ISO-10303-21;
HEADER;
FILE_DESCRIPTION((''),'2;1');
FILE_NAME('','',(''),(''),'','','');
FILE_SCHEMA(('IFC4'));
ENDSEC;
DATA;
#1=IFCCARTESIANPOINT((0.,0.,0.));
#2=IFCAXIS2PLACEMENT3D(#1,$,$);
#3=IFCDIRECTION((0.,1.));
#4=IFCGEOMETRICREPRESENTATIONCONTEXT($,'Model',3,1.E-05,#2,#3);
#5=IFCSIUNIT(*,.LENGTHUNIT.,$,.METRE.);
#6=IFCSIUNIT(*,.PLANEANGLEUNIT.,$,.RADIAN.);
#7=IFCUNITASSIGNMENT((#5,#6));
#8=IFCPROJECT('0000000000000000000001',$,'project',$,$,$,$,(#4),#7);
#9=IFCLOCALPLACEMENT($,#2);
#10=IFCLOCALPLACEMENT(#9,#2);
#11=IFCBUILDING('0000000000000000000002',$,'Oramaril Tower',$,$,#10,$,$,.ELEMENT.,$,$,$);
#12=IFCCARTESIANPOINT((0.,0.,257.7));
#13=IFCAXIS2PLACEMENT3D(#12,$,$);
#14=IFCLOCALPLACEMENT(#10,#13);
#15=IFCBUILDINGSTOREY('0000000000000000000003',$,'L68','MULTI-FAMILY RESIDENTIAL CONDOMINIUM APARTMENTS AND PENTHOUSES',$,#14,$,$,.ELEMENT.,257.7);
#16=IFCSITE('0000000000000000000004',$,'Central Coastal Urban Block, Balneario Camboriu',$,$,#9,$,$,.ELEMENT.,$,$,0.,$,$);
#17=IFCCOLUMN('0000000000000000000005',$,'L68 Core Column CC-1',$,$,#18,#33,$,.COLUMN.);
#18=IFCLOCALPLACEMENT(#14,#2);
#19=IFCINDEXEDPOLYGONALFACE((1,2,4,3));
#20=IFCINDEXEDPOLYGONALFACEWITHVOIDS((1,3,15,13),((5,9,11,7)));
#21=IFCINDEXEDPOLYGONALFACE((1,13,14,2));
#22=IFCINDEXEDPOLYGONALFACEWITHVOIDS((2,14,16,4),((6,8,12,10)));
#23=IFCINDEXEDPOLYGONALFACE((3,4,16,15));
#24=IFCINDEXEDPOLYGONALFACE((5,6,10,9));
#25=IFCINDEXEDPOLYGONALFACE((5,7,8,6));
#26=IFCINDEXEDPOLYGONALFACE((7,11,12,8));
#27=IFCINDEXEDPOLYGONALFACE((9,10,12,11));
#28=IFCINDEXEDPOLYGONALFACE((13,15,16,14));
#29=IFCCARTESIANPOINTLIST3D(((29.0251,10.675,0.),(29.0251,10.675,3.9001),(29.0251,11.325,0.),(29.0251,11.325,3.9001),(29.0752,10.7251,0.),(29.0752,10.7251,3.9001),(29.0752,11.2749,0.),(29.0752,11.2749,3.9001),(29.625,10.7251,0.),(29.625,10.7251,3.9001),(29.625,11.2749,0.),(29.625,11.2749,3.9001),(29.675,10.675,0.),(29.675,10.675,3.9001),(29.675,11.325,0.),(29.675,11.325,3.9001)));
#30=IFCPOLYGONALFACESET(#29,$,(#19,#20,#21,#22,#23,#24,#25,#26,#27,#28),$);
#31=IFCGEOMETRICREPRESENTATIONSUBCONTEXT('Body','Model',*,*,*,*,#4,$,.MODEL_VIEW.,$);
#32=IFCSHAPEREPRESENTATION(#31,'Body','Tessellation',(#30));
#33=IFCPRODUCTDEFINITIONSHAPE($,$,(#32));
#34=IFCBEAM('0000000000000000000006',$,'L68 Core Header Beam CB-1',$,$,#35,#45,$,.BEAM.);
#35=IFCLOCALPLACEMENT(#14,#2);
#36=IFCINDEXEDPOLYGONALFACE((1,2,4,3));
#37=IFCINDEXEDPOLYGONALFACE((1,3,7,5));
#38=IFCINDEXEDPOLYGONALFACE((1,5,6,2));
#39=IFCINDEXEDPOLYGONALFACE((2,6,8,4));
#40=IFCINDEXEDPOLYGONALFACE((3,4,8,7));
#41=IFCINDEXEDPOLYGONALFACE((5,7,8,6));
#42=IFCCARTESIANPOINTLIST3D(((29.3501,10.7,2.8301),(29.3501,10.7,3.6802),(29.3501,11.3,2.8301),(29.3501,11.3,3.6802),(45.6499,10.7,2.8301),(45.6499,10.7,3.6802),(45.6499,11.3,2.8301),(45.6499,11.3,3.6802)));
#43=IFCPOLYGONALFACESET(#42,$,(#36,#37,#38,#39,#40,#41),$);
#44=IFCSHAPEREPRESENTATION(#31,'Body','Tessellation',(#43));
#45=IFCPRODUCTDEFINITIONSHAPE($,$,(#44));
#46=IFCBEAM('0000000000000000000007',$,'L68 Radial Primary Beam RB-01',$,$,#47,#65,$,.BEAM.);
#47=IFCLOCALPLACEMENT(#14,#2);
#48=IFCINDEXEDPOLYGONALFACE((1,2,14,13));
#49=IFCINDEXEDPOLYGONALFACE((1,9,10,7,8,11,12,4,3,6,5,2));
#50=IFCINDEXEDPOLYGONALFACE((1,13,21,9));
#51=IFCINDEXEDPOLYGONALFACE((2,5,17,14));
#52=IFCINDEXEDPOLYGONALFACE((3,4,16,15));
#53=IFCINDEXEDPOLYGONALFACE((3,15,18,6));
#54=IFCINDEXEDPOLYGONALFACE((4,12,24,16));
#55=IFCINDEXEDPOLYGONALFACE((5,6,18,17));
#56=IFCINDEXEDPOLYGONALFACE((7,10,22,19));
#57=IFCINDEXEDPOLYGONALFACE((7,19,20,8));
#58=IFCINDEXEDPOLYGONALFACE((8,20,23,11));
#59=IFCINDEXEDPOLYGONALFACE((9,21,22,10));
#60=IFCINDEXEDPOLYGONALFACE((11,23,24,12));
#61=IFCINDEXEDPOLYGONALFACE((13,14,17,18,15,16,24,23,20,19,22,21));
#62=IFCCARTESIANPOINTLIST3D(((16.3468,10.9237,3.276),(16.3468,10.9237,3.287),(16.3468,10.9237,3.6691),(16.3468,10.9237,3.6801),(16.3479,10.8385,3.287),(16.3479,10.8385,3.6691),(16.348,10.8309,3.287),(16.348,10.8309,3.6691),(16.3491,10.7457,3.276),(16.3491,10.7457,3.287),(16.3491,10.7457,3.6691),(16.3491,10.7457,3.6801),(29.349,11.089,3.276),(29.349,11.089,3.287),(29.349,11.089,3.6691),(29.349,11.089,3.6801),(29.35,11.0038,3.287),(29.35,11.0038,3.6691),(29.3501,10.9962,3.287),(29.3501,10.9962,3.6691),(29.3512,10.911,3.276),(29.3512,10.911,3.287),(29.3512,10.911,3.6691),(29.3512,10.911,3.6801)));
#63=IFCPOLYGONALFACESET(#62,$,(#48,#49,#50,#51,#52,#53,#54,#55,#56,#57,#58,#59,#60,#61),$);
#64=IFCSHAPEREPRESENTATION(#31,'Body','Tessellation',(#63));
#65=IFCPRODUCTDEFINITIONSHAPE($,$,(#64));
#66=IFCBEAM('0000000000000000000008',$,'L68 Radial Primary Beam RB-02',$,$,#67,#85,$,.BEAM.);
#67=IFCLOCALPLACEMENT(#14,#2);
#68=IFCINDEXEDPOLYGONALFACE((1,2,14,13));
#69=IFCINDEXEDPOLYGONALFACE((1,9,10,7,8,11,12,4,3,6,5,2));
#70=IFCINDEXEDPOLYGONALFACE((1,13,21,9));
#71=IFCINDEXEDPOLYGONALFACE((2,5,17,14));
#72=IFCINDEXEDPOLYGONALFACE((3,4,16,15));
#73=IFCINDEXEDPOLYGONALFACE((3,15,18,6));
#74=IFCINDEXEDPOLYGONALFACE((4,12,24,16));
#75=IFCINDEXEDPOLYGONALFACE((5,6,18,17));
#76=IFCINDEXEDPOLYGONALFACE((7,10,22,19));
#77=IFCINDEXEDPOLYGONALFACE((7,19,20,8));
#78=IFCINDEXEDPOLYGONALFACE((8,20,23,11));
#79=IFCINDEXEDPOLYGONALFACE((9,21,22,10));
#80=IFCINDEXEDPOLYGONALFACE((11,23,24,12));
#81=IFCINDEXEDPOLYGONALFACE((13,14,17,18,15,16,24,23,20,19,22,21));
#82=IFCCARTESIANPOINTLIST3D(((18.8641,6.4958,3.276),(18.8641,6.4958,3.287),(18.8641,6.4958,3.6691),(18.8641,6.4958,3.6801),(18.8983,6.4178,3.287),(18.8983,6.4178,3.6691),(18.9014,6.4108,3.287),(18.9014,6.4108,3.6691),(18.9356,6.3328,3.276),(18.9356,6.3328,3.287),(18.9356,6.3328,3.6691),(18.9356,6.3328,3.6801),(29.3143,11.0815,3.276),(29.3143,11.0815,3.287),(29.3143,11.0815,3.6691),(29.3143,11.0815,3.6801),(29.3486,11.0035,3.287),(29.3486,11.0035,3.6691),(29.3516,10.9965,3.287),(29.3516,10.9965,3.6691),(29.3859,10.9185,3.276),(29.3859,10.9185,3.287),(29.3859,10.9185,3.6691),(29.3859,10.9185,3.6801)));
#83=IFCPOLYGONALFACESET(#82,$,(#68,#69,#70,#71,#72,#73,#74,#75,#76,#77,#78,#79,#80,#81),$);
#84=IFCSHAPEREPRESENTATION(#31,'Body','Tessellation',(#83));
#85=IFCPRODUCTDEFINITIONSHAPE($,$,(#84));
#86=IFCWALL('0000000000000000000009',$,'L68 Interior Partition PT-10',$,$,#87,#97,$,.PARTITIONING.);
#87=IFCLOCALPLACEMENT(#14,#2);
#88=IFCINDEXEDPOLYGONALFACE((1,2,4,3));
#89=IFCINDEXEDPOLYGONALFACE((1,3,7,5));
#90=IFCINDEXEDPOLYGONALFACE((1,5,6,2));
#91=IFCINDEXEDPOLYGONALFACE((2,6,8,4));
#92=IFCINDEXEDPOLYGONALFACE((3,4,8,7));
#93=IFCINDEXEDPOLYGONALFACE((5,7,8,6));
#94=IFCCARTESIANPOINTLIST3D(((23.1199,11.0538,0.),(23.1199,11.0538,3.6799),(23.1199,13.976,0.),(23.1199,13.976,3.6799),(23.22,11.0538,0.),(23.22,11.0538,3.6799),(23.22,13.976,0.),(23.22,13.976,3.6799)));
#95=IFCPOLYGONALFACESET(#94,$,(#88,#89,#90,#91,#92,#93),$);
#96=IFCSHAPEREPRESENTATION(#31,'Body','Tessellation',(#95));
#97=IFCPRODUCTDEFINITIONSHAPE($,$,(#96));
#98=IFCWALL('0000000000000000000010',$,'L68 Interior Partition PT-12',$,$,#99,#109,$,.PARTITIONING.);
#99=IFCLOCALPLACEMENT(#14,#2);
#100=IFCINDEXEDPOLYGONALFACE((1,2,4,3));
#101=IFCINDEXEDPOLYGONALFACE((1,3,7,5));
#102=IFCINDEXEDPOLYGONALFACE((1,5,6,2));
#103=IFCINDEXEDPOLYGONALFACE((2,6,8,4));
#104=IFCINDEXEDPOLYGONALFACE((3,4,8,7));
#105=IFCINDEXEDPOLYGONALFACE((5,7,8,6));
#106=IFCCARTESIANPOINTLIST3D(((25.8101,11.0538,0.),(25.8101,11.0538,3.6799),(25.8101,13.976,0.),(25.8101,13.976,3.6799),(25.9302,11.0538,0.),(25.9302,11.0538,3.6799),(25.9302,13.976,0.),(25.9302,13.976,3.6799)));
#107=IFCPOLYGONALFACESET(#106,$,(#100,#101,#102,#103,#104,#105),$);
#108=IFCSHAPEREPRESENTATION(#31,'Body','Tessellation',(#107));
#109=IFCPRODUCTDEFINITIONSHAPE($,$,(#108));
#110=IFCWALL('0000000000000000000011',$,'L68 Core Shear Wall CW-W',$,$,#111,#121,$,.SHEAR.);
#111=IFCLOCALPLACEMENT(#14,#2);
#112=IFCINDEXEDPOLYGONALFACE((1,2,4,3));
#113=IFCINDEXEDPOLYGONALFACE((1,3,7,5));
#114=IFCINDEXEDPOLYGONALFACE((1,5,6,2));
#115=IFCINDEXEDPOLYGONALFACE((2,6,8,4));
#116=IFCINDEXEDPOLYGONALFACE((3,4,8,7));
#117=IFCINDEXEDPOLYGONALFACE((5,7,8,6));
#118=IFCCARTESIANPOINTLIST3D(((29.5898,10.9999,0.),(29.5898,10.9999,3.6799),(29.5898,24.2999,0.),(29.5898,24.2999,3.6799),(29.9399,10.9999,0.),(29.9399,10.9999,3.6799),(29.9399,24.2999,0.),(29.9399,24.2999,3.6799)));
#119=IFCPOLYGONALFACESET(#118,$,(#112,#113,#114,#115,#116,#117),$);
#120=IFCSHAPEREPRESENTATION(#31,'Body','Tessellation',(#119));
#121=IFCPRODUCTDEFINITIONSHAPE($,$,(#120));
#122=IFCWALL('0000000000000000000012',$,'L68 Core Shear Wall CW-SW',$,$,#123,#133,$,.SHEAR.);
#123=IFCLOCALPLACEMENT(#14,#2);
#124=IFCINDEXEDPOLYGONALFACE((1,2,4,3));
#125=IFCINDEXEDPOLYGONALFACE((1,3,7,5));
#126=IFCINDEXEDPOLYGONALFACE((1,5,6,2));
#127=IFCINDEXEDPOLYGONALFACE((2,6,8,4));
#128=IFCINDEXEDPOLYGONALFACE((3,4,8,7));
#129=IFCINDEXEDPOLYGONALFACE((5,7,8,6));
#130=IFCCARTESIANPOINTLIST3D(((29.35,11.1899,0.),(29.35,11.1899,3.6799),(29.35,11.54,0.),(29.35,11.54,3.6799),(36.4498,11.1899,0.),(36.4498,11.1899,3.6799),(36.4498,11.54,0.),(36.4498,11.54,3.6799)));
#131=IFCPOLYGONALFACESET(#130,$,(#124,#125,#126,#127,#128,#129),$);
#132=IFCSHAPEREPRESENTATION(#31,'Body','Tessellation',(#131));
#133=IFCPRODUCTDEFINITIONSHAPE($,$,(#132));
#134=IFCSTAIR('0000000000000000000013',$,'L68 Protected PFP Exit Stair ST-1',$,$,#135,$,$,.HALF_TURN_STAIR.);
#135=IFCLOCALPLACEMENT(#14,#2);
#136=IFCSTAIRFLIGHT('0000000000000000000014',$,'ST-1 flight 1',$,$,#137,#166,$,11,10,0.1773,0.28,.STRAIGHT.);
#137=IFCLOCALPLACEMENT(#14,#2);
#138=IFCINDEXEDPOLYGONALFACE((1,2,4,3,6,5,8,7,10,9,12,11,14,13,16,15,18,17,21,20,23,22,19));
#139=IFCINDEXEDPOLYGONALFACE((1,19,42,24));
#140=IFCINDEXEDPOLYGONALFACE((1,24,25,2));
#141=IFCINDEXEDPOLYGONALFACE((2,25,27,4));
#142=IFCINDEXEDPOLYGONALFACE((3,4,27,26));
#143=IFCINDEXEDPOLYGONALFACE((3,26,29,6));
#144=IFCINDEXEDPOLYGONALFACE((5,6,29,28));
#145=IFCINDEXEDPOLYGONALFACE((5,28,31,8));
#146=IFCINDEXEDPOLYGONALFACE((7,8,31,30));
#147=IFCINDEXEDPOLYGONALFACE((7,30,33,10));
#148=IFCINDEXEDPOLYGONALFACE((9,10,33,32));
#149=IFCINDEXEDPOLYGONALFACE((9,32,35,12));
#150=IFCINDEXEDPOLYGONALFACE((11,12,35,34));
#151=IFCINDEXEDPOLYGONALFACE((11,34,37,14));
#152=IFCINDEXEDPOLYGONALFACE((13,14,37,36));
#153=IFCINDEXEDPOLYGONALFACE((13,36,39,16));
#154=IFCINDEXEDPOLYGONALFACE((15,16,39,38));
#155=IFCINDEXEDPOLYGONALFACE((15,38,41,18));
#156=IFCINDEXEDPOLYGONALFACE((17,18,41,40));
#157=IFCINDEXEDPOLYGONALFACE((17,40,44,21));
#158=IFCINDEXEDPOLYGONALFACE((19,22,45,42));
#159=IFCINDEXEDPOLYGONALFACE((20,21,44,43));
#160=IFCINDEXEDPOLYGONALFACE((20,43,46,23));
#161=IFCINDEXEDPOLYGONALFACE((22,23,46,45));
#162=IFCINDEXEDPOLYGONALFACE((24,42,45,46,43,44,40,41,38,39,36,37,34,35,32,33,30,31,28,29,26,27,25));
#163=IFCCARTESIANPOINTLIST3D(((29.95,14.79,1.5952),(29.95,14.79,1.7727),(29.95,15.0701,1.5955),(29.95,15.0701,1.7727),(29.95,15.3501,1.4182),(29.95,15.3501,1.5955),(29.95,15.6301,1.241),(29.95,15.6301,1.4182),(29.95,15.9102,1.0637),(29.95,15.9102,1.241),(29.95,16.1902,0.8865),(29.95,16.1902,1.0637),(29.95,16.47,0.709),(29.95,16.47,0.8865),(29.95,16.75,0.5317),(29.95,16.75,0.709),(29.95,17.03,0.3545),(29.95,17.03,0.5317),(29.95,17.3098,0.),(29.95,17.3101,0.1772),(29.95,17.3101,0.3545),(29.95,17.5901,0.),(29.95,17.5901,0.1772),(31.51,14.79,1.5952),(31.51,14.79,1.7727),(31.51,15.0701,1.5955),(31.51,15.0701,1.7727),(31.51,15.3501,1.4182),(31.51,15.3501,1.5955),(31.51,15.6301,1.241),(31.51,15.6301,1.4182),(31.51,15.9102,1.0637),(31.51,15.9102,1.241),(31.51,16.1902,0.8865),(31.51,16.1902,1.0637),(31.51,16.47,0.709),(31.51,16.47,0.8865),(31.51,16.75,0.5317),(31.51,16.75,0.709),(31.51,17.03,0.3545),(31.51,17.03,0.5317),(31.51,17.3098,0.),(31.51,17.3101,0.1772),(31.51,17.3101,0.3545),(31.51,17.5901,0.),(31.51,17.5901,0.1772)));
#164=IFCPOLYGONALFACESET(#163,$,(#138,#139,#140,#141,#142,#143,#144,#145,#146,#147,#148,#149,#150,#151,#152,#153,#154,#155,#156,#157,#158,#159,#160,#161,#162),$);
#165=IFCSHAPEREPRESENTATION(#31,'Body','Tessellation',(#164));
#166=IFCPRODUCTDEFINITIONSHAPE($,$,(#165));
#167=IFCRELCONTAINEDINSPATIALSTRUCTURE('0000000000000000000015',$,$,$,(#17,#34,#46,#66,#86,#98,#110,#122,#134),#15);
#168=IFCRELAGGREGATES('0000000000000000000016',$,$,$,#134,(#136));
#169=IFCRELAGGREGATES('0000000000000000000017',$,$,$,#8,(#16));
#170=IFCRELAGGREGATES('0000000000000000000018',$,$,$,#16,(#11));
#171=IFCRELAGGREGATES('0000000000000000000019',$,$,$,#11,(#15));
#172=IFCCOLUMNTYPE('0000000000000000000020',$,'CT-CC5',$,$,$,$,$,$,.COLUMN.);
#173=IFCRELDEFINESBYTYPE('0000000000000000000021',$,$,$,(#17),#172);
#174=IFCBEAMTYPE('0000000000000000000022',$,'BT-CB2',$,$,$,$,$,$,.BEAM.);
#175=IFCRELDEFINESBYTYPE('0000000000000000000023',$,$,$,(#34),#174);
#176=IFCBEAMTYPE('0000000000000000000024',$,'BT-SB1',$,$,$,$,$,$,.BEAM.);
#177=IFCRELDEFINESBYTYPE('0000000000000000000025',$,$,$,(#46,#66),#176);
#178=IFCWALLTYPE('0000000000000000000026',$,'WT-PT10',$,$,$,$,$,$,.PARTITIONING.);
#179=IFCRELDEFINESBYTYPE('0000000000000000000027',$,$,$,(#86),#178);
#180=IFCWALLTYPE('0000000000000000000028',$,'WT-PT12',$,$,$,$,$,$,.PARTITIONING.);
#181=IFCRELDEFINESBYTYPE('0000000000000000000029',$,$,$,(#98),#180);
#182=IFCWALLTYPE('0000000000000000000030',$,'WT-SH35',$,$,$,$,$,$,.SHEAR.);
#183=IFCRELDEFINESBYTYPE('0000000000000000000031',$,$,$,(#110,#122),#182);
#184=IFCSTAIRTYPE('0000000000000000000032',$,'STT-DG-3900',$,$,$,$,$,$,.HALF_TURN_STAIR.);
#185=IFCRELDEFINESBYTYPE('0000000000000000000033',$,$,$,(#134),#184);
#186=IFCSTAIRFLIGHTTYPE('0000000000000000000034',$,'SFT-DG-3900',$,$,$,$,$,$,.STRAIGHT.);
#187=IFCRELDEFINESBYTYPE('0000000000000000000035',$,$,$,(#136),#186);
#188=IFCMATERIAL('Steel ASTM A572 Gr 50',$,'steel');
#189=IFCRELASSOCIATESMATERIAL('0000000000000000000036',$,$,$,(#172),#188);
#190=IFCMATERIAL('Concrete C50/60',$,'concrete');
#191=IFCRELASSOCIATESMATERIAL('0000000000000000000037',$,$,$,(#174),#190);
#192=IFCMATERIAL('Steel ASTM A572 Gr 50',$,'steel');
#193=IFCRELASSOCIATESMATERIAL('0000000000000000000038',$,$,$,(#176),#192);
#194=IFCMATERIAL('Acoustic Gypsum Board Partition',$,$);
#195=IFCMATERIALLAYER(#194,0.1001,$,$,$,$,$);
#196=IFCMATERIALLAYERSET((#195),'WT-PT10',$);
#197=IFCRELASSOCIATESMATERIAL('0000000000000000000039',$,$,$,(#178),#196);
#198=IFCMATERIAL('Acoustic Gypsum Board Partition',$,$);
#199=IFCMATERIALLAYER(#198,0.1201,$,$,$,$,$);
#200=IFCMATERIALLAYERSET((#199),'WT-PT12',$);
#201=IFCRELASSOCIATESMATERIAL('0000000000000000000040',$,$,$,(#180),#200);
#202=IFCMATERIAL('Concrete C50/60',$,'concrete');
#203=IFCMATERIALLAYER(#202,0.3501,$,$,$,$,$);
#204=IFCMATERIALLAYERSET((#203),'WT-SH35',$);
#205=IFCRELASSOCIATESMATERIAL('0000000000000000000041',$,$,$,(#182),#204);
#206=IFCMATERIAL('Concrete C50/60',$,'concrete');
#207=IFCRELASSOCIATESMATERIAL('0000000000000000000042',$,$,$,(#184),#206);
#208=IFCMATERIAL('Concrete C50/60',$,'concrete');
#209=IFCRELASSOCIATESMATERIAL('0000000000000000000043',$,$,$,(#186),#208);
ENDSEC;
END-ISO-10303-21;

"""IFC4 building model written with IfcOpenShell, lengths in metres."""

from ifc_helpers import new_model, si_unit, direction, frame, frame_2d, origin, origin_2d, place, context, subcontext, project, spatial, polyline, rectangle, hollow_rectangle, i_section, outline, extrude, material, layer, layer_set, material_profile, profile_set, type_object, element, aggregate, save


model = new_model("IFC4")

# Units and contexts
model_context = context("Model", 3, precision=1e-05, world=origin(), true_north=direction((0.0, 1.0)))
body_context = subcontext(model_context, "Body", "Model", "MODEL_VIEW")
ifc_project = project(units=[si_unit("LENGTHUNIT", "METRE"), si_unit("PLANEANGLEUNIT", "RADIAN")], contexts=[model_context])

# Site, building, storey
site_placement = place(None, origin())
site = spatial("IfcSite", under=ifc_project, at=site_placement, Name="Central Coastal Urban Block, Balneario Camboriu", CompositionType="ELEMENT", RefElevation=0.0)
building_placement = place(site_placement, origin())
building = spatial("IfcBuilding", under=site, at=building_placement, Name="Oramaril Tower", CompositionType="ELEMENT")
storey_placement = place(building_placement, frame((0.0, 0.0, 257.7)))
storey = spatial("IfcBuildingStorey", under=building, at=storey_placement, Name="L68", Description="MULTI-FAMILY RESIDENTIAL CONDOMINIUM APARTMENTS AND PENTHOUSES", CompositionType="ELEMENT", Elevation=257.7)

# Column
ifc_material_1 = material(Name="Steel ASTM A572 Gr 50", Category="steel")
ifc_material_profile_1 = material_profile(ifc_material_1, hollow_rectangle(XDim=0.6499, YDim=0.6499, WallThickness=0.05, at=origin_2d()), Name="BOX650X650X50")
ifc_profile_set_1 = profile_set([ifc_material_profile_1], Name="Steel ASTM A572 Gr 50")
column_type = type_object("IfcColumnType", Name="CT-CC5", PredefinedType="COLUMN", material=ifc_profile_set_1)
column_placement = place(storey_placement, frame((29.3501, 11.0, 0.0), z_axis=(0.0, 0.0, 1.0), x_axis=(1.0, 0.0, 0.0)))
element("IfcColumn", 1, at=column_placement, inside=storey, type_object=column_type, Name="L68 Core Column CC-1", PredefinedType="COLUMN", context=body_context, shape_type="SweptSolid", body=[
    extrude(hollow_rectangle(XDim=0.6499, YDim=0.6499, WallThickness=0.05, at=origin_2d()), origin(), (0.0, 0.0, 1.0), 3.9001),
])

# Beams
ifc_material_2 = material(Name="Concrete C50/60", Category="concrete")
ifc_material_profile_2 = material_profile(ifc_material_2, rectangle(XDim=0.6001, YDim=0.8501, at=origin_2d()), Name="CB600X850")
ifc_profile_set_2 = profile_set([ifc_material_profile_2], Name="Concrete C50/60")
beam_type_1 = type_object("IfcBeamType", Name="BT-CB2", PredefinedType="BEAM", material=ifc_profile_set_2)
beam_1_placement = place(storey_placement, frame((29.3501, 11.0, 3.2551), z_axis=(1.0, 0.0, 0.0), x_axis=(0.0, 1.0, 0.0)))
element("IfcBeam", 2, at=beam_1_placement, inside=storey, type_object=beam_type_1, Name="L68 Core Header Beam CB-1", PredefinedType="BEAM", context=body_context, shape_type="SweptSolid", body=[
    extrude(rectangle(XDim=0.6001, YDim=0.8501, at=origin_2d()), origin(), (0.0, 0.0, 1.0), 16.2998),
])
ifc_material_3 = material(Name="Steel ASTM A572 Gr 50", Category="steel")
ifc_material_profile_3 = material_profile(ifc_material_3, i_section(OverallWidth=0.178, OverallDepth=0.4041, WebThickness=0.0076, FlangeThickness=0.011, at=origin_2d()), Name="W16X36")
ifc_profile_set_3 = profile_set([ifc_material_profile_3], Name="Steel ASTM A572 Gr 50")
beam_type_2 = type_object("IfcBeamType", Name="BT-SB1", PredefinedType="BEAM", material=ifc_profile_set_3)
beam_2_placement = place(storey_placement, frame((29.3501, 11.0, 3.478), z_axis=(-0.999919, -0.012711, 0.0), x_axis=(0.012711, -0.999919, 0.0)))
element("IfcBeam", 3, at=beam_2_placement, inside=storey, type_object=beam_type_2, Name="L68 Radial Primary Beam RB-01", PredefinedType="BEAM", context=body_context, shape_type="SweptSolid", body=[
    extrude(i_section(OverallWidth=0.178, OverallDepth=0.4041, WebThickness=0.0076, FlangeThickness=0.011, at=origin_2d()), origin(), (0.0, 0.0, 1.0), 13.0032),
])
beam_3_placement = place(storey_placement, frame((29.3501, 11.0, 3.478), z_axis=(-0.915715, -0.401829, 0.0), x_axis=(0.401829, -0.915715, 0.0)))
element("IfcBeam", 4, at=beam_3_placement, inside=storey, type_object=beam_type_2, Name="L68 Radial Primary Beam RB-02", PredefinedType="BEAM", context=body_context, shape_type="SweptSolid", body=[
    extrude(i_section(OverallWidth=0.178, OverallDepth=0.4041, WebThickness=0.0076, FlangeThickness=0.011, at=origin_2d()), origin(), (0.0, 0.0, 1.0), 11.4121),
])

# Walls
ifc_material_4 = material(Name="Acoustic Gypsum Board Partition")
ifc_layer_1 = layer(ifc_material_4, 0.1001)
ifc_layer_set_1 = layer_set([ifc_layer_1], Name="WT-PT10")
wall_type_1 = type_object("IfcWallType", Name="WT-PT10", PredefinedType="PARTITIONING", material=ifc_layer_set_1)
wall_1_placement = place(storey_placement, frame((23.1699, 11.054, 0.0), z_axis=(0.0, 0.0, 1.0), x_axis=(0.0, 1.0, 0.0)))
element("IfcWall", 5, at=wall_1_placement, inside=storey, type_object=wall_type_1, Name="L68 Interior Partition PT-10", PredefinedType="PARTITIONING", context=body_context, shape_type="SweptSolid", body=[
    extrude(rectangle(XDim=2.9221, YDim=0.1001, at=frame_2d((1.4609, 0.0))), origin(), (0.0, 0.0, 1.0), 3.6799),
])
ifc_material_5 = material(Name="Acoustic Gypsum Board Partition")
ifc_layer_2 = layer(ifc_material_5, 0.1201)
ifc_layer_set_2 = layer_set([ifc_layer_2], Name="WT-PT12")
wall_type_2 = type_object("IfcWallType", Name="WT-PT12", PredefinedType="PARTITIONING", material=ifc_layer_set_2)
wall_2_placement = place(storey_placement, frame((25.8701, 11.054, 0.0), z_axis=(0.0, 0.0, 1.0), x_axis=(0.0, 1.0, 0.0)))
element("IfcWall", 6, at=wall_2_placement, inside=storey, type_object=wall_type_2, Name="L68 Interior Partition PT-12", PredefinedType="PARTITIONING", context=body_context, shape_type="SweptSolid", body=[
    extrude(rectangle(XDim=2.9221, YDim=0.1201, at=frame_2d((1.4609, 0.0))), origin(), (0.0, 0.0, 1.0), 3.6799),
])

# Walls
ifc_material_6 = material(Name="Concrete C50/60", Category="concrete")
ifc_layer_3 = layer(ifc_material_6, 0.3501)
ifc_layer_set_3 = layer_set([ifc_layer_3], Name="WT-SH35")
wall_type_3 = type_object("IfcWallType", Name="WT-SH35", PredefinedType="SHEAR", material=ifc_layer_set_3)
wall_3_placement = place(storey_placement, frame((29.7649, 11.0, 0.0), z_axis=(0.0, 0.0, 1.0), x_axis=(0.0, 1.0, 0.0)))
element("IfcWall", 7, at=wall_3_placement, inside=storey, type_object=wall_type_3, Name="L68 Core Shear Wall CW-W", PredefinedType="SHEAR", context=body_context, shape_type="SweptSolid", body=[
    extrude(rectangle(XDim=13.3, YDim=0.3501, at=frame_2d((6.6499, 0.0))), origin(), (0.0, 0.0, 1.0), 3.6799),
])
wall_4_placement = place(storey_placement, frame((29.3501, 11.365, 0.0), z_axis=(0.0, 0.0, 1.0), x_axis=(1.0, 0.0, 0.0)))
element("IfcWall", 8, at=wall_4_placement, inside=storey, type_object=wall_type_3, Name="L68 Core Shear Wall CW-SW", PredefinedType="SHEAR", context=body_context, shape_type="SweptSolid", body=[
    extrude(rectangle(XDim=7.0999, YDim=0.3501, at=frame_2d((3.5498, 0.0))), origin(), (0.0, 0.0, 1.0), 3.6799),
])

# Stair, stair flight
ifc_material_7 = material(Name="Concrete C50/60", Category="concrete")
stair_type = type_object("IfcStairType", Name="STT-DG-3900", PredefinedType="HALF_TURN_STAIR", material=ifc_material_7)
stair_placement = place(storey_placement, origin())
stair = element("IfcStair", 9, at=stair_placement, inside=storey, type_object=stair_type, Name="L68 Protected PFP Exit Stair ST-1", PredefinedType="HALF_TURN_STAIR")
ifc_material_8 = material(Name="Concrete C50/60", Category="concrete")
stair_flight_type = type_object("IfcStairFlightType", Name="SFT-DG-3900", PredefinedType="STRAIGHT", material=ifc_material_8)
stair_flight_1_placement = place(storey_placement, frame((30.73, 17.5901, 0.0), z_axis=(0.0, 0.0, 1.0), x_axis=(0.0, -1.0, 0.0)))
stair_flight_1 = element("IfcStairFlight", 10, at=stair_flight_1_placement, type_object=stair_flight_type, Name="ST-1 flight 1", NumberOfRisers=11, NumberOfTreads=10, PredefinedType="STRAIGHT", RiserHeight=0.1773, TreadLength=0.28, context=body_context, shape_type="SweptSolid", body=[
    extrude(outline(polyline([(0.0, 0.0), (0.0, 0.1772), (0.28, 0.1772), (0.28, 0.3545), (0.5601, 0.3545), (0.5601, 0.5317), (0.8401, 0.5317), (0.8401, 0.709), (1.1201, 0.709), (1.1201, 0.8865), (1.3999, 0.8865), (1.3999, 1.0637), (1.6799, 1.0637), (1.6799, 1.241), (1.96, 1.241), (1.96, 1.4182), (2.24, 1.4182), (2.24, 1.5955), (2.52, 1.5955), (2.52, 1.7727), (2.8, 1.7727), (2.8, 1.95), (2.8, 1.5952), (0.2803, 0.0), (0.0, 0.0)])), frame((0.0, 0.78, 0.0), z_axis=(0.0, -1.0, 0.0), x_axis=(1.0, 0.0, 0.0)), (0.0, 0.0, 1.0), 1.5601),
])
aggregate(stair, [stair_flight_1])

save(model, "model.ifc")
